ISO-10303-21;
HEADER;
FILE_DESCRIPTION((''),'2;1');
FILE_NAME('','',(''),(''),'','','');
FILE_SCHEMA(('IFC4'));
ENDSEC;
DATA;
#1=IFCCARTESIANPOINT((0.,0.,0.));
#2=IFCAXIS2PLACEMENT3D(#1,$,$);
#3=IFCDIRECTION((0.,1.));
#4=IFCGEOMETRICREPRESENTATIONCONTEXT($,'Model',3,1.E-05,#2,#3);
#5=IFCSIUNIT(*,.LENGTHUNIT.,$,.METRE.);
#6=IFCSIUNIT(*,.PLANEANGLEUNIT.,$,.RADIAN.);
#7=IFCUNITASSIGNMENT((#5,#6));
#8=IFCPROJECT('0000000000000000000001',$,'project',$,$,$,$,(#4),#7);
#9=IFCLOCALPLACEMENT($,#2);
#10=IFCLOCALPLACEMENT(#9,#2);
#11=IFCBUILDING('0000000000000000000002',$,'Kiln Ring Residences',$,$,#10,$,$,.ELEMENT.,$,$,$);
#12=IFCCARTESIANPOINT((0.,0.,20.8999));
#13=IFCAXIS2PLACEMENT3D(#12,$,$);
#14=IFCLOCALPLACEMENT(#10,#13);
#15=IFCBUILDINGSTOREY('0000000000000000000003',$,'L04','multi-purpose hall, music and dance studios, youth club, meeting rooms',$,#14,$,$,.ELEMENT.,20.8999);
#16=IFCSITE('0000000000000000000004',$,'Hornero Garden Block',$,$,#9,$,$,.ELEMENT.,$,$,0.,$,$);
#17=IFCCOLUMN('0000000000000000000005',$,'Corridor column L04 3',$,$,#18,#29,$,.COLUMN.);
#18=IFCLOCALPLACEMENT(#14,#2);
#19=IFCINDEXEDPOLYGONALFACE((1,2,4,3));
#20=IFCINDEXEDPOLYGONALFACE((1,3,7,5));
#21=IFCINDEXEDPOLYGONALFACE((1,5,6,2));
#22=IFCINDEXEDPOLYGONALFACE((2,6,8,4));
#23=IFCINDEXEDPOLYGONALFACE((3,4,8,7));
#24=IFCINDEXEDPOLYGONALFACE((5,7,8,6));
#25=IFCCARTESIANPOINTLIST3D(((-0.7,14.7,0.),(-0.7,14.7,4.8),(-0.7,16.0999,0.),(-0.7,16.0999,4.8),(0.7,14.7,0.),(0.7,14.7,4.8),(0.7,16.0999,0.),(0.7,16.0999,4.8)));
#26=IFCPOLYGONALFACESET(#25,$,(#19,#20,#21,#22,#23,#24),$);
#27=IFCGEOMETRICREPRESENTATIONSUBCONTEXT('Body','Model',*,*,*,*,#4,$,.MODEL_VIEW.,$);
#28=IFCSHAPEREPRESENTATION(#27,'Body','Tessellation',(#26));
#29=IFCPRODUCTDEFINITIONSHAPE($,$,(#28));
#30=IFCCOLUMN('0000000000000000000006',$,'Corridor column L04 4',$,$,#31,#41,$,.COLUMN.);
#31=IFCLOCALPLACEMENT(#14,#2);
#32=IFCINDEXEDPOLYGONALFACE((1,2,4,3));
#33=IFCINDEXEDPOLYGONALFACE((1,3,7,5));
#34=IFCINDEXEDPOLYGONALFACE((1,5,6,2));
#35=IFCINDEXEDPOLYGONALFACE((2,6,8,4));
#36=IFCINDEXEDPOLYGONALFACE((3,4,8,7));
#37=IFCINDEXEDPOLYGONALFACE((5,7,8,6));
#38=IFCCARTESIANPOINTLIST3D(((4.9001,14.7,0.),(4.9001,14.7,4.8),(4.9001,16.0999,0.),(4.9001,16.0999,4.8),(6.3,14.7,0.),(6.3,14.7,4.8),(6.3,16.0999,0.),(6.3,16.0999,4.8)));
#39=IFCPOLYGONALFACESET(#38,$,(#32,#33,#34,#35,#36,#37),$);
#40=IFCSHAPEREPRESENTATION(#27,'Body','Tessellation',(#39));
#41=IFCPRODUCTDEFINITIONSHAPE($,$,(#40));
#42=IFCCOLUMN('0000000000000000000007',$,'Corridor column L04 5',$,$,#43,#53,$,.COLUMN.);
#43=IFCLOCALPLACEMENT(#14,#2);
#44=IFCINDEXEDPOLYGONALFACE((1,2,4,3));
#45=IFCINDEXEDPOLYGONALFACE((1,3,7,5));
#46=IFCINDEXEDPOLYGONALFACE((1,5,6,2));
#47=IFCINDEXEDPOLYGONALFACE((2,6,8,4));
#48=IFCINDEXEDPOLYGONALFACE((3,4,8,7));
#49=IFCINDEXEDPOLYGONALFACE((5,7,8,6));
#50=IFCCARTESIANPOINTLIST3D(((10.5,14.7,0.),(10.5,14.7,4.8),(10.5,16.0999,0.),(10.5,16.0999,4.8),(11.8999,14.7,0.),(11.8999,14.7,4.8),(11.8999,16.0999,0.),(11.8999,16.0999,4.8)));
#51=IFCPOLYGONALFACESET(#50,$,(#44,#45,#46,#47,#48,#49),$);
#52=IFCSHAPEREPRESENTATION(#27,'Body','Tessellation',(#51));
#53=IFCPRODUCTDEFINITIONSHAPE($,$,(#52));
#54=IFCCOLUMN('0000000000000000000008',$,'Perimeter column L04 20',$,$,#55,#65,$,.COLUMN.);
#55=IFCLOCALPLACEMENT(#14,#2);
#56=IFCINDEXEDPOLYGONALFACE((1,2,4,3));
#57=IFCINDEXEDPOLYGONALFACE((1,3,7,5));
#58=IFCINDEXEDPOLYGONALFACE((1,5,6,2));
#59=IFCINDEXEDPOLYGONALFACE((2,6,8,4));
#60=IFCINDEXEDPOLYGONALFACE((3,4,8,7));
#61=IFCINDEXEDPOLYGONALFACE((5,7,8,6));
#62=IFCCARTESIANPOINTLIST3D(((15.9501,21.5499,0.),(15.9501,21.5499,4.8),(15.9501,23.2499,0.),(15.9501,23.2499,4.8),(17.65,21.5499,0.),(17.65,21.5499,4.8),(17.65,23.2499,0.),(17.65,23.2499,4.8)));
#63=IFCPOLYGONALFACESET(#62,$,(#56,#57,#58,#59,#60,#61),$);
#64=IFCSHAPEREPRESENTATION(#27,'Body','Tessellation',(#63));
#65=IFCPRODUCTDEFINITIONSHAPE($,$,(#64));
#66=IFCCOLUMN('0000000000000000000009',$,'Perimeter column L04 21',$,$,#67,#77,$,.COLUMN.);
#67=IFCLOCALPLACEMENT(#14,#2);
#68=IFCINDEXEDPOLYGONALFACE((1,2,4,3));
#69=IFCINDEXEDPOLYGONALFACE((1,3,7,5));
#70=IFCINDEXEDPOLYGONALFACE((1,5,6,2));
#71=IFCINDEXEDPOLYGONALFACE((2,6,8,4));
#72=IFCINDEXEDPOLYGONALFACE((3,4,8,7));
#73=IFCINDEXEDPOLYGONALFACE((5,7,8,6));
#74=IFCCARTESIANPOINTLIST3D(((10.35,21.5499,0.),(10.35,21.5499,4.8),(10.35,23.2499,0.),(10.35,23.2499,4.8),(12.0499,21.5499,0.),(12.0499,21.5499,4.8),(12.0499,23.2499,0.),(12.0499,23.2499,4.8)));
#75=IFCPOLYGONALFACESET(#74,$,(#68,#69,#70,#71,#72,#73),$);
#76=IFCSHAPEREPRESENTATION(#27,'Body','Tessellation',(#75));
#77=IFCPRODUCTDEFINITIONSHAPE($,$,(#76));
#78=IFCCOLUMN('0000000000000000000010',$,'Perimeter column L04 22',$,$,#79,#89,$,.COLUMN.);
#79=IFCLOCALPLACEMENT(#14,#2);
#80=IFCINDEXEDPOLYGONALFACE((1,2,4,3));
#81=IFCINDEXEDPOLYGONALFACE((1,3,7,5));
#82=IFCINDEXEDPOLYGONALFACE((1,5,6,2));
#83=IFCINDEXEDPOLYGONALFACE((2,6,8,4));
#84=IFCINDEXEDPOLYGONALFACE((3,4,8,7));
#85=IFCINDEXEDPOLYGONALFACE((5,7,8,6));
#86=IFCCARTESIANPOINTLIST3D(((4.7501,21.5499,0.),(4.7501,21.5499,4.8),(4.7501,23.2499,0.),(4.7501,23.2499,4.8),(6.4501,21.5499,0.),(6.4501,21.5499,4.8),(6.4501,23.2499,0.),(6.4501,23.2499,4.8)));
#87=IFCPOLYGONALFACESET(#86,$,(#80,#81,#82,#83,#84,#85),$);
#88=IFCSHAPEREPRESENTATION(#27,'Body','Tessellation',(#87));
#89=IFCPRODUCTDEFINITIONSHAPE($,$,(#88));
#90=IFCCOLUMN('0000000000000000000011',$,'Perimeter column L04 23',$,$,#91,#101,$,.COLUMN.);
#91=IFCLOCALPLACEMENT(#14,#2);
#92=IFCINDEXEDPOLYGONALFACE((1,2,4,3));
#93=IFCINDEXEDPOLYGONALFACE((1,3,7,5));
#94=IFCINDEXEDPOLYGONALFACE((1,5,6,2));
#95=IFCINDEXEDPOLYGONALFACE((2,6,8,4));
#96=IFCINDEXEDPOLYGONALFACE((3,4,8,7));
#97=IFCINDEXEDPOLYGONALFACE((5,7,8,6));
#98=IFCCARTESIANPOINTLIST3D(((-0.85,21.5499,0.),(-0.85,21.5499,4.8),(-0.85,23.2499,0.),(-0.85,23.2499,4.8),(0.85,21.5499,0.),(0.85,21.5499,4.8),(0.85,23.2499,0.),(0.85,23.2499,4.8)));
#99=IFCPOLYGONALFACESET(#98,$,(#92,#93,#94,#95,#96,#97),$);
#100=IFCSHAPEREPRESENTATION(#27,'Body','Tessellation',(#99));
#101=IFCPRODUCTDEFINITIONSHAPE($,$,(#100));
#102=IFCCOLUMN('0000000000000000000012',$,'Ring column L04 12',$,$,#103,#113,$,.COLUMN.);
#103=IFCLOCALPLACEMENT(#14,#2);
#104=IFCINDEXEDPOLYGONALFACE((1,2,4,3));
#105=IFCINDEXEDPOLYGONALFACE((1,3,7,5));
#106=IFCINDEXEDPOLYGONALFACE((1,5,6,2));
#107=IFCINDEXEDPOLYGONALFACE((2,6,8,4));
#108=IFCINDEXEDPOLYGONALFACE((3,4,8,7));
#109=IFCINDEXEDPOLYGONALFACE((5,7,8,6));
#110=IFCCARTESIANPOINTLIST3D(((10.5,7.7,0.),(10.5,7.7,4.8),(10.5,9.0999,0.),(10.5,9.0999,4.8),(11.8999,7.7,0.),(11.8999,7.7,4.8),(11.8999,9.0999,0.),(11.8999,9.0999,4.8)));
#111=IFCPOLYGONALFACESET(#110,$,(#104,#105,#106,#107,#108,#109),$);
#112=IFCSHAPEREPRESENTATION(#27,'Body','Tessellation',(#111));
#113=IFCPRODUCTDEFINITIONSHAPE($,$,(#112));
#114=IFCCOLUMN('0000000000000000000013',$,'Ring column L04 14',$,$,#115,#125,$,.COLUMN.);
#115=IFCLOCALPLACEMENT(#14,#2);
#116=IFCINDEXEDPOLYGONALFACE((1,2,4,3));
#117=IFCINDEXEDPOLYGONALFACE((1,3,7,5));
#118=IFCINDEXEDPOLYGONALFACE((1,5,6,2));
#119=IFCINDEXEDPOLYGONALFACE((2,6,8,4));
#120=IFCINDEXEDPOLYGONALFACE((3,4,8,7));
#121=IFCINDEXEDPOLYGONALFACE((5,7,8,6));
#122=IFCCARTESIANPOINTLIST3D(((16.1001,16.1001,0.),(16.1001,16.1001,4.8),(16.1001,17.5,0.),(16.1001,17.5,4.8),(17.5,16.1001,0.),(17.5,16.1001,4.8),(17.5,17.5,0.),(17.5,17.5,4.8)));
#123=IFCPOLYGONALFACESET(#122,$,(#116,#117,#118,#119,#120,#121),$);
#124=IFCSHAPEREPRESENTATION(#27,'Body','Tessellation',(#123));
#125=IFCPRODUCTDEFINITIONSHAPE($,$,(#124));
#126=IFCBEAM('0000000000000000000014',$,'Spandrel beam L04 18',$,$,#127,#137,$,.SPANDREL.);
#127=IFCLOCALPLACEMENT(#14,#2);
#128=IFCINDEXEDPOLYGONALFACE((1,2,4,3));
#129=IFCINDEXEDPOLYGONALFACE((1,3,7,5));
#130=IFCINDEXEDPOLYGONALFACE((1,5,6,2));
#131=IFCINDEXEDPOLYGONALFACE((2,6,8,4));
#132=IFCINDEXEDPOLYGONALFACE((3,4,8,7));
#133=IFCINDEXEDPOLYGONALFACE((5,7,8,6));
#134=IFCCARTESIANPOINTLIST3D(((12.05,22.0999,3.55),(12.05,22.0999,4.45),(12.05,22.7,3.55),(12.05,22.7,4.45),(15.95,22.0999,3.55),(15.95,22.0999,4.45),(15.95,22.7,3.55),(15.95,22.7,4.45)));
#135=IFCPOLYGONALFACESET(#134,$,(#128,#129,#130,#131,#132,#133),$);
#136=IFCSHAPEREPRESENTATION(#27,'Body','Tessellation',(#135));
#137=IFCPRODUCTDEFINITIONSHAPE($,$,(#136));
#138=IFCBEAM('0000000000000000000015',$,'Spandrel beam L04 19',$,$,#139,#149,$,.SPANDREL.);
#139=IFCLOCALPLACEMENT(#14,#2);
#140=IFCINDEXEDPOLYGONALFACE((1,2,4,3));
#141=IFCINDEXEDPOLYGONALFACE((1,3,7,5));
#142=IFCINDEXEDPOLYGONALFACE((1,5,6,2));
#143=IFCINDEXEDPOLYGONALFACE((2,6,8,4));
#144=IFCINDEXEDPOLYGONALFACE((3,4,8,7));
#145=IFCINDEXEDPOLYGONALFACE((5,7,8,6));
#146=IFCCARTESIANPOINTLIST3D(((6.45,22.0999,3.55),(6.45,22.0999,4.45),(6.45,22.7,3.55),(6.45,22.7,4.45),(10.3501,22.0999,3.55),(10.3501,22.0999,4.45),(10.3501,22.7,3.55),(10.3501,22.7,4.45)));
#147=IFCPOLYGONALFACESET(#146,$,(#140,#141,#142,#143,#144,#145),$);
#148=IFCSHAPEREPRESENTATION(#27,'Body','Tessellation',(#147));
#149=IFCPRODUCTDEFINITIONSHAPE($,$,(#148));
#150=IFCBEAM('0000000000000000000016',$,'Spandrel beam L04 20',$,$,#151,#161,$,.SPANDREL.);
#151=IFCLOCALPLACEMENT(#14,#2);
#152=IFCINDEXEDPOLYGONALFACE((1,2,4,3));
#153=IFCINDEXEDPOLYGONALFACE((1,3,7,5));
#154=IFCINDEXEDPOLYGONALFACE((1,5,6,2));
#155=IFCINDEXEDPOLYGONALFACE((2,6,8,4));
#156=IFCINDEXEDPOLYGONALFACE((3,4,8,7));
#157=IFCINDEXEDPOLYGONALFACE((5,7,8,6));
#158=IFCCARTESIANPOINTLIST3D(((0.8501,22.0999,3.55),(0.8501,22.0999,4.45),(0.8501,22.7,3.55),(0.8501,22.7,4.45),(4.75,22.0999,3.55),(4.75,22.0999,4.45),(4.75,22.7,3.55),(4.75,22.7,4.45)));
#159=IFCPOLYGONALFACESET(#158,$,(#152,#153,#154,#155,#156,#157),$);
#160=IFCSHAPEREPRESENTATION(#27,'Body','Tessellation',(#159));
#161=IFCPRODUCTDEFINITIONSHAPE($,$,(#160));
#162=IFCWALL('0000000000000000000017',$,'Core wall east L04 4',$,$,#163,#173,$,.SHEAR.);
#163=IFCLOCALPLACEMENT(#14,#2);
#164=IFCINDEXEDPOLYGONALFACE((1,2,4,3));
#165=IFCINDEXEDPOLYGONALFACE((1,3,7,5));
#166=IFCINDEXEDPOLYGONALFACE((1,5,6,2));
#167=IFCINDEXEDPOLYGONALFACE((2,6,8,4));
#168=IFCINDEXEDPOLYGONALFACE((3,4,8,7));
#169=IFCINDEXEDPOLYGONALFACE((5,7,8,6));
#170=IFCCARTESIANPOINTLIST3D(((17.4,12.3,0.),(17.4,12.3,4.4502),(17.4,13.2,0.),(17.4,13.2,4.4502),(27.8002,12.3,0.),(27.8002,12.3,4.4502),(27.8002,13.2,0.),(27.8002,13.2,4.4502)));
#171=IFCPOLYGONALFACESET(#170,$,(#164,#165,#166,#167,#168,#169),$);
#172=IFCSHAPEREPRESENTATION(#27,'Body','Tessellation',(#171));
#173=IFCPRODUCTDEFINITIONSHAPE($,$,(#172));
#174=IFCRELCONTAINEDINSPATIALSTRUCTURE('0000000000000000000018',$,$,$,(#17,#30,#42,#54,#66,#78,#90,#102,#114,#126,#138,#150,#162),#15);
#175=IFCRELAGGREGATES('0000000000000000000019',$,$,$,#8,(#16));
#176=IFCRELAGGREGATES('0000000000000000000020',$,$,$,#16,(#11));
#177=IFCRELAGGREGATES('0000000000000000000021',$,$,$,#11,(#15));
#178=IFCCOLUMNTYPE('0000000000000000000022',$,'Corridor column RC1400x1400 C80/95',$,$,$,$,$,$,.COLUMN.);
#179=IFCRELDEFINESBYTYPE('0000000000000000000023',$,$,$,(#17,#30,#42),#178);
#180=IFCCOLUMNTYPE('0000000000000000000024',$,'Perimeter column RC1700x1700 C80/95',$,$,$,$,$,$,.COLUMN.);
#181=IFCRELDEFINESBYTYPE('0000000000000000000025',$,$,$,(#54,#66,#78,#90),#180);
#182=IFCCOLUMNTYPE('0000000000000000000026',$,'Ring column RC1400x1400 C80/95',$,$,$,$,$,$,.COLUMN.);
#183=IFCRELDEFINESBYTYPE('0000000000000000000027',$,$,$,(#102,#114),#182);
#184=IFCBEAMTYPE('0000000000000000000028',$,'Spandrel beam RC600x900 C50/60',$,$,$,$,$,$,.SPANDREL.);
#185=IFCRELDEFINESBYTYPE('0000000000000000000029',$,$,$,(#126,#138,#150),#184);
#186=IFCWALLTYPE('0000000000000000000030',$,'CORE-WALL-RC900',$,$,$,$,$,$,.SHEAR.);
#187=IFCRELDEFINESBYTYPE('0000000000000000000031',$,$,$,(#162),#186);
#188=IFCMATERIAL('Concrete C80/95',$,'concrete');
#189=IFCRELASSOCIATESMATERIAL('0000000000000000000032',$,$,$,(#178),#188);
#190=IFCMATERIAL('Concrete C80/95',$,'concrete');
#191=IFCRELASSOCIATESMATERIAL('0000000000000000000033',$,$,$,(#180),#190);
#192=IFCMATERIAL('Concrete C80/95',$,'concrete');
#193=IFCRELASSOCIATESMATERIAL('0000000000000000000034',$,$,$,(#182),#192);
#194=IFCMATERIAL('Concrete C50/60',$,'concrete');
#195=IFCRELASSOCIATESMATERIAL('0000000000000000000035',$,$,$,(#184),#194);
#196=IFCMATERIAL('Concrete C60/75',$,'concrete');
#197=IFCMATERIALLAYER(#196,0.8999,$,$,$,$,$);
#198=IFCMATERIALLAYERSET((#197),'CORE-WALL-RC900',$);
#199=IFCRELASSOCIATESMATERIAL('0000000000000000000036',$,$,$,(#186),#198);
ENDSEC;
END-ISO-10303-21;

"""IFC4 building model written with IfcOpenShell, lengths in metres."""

from ifc_helpers import new_model, si_unit, direction, frame, frame_2d, origin, origin_2d, place, context, subcontext, project, spatial, rectangle, extrude, material, layer, layer_set, material_profile, profile_set, type_object, element, save


model = new_model("IFC4")

# Units and contexts
model_context = context("Model", 3, precision=1e-05, world=origin(), true_north=direction((0.0, 1.0)))
body_context = subcontext(model_context, "Body", "Model", "MODEL_VIEW")
ifc_project = project(units=[si_unit("LENGTHUNIT", "METRE"), si_unit("PLANEANGLEUNIT", "RADIAN")], contexts=[model_context])

# Site, building, storey
site_placement = place(None, origin())
site = spatial("IfcSite", under=ifc_project, at=site_placement, Name="Hornero Garden Block", CompositionType="ELEMENT", RefElevation=0.0)
building_placement = place(site_placement, origin())
building = spatial("IfcBuilding", under=site, at=building_placement, Name="Kiln Ring Residences", CompositionType="ELEMENT")
storey_placement = place(building_placement, frame((0.0, 0.0, 20.8999)))
storey = spatial("IfcBuildingStorey", under=building, at=storey_placement, Name="L04", Description="multi-purpose hall, music and dance studios, youth club, meeting rooms", CompositionType="ELEMENT", Elevation=20.8999)

# Columns
ifc_material_1 = material(Name="Concrete C80/95", Category="concrete")
ifc_material_profile_1 = material_profile(ifc_material_1, rectangle(XDim=1.3999, YDim=1.3999, at=origin_2d()), Name="RC1400x1400")
ifc_profile_set_1 = profile_set([ifc_material_profile_1], Name="Concrete C80/95")
column_type_1 = type_object("IfcColumnType", Name="Corridor column RC1400x1400 C80/95", PredefinedType="COLUMN", material=ifc_profile_set_1)
for number, where, z_axis, x_axis, name in (
    (1, (0.0, 15.3999, 0.0), (0.0, 0.0, 1.0), (1.0, 0.0, 0.0), "Corridor column L04 3"),
    (2, (5.6001, 15.3999, 0.0), (0.0, 0.0, 1.0), (1.0, 0.0, 0.0), "Corridor column L04 4"),
    (3, (11.2, 15.3999, 0.0), (0.0, 0.0, 1.0), (1.0, 0.0, 0.0), "Corridor column L04 5"),
):
    element("IfcColumn", number, at=place(storey_placement, frame(where, z_axis=z_axis, x_axis=x_axis)), inside=storey, type_object=column_type_1, Name=name, PredefinedType="COLUMN", context=body_context, shape_type="SweptSolid", body=[
        extrude(rectangle(XDim=1.3999, YDim=1.3999, at=origin_2d()), origin(), (0.0, 0.0, 1.0), 4.8),
    ])
ifc_material_2 = material(Name="Concrete C80/95", Category="concrete")
ifc_material_profile_2 = material_profile(ifc_material_2, rectangle(XDim=1.7, YDim=1.7, at=origin_2d()), Name="RC1700x1700")
ifc_profile_set_2 = profile_set([ifc_material_profile_2], Name="Concrete C80/95")
column_type_2 = type_object("IfcColumnType", Name="Perimeter column RC1700x1700 C80/95", PredefinedType="COLUMN", material=ifc_profile_set_2)
for number, where, z_axis, x_axis, name in (
    (4, (16.8, 22.3999, 0.0), (0.0, 0.0, 1.0), (1.0, 0.0, 0.0), "Perimeter column L04 20"),
    (5, (11.2, 22.3999, 0.0), (0.0, 0.0, 1.0), (1.0, 0.0, 0.0), "Perimeter column L04 21"),
    (6, (5.6001, 22.3999, 0.0), (0.0, 0.0, 1.0), (1.0, 0.0, 0.0), "Perimeter column L04 22"),
    (7, (0.0, 22.3999, 0.0), (0.0, 0.0, 1.0), (1.0, 0.0, 0.0), "Perimeter column L04 23"),
):
    element("IfcColumn", number, at=place(storey_placement, frame(where, z_axis=z_axis, x_axis=x_axis)), inside=storey, type_object=column_type_2, Name=name, PredefinedType="COLUMN", context=body_context, shape_type="SweptSolid", body=[
        extrude(rectangle(XDim=1.7, YDim=1.7, at=origin_2d()), origin(), (0.0, 0.0, 1.0), 4.8),
    ])
ifc_material_3 = material(Name="Concrete C80/95", Category="concrete")
ifc_material_profile_3 = material_profile(ifc_material_3, rectangle(XDim=1.3999, YDim=1.3999, at=origin_2d()), Name="RC1400x1400")
ifc_profile_set_3 = profile_set([ifc_material_profile_3], Name="Concrete C80/95")
column_type_3 = type_object("IfcColumnType", Name="Ring column RC1400x1400 C80/95", PredefinedType="COLUMN", material=ifc_profile_set_3)
for number, where, z_axis, x_axis, name in (
    (8, (11.2, 8.3999, 0.0), (0.0, 0.0, 1.0), (1.0, 0.0, 0.0), "Ring column L04 12"),
    (9, (16.8, 16.8, 0.0), (0.0, 0.0, 1.0), (1.0, 0.0, 0.0), "Ring column L04 14"),
):
    element("IfcColumn", number, at=place(storey_placement, frame(where, z_axis=z_axis, x_axis=x_axis)), inside=storey, type_object=column_type_3, Name=name, PredefinedType="COLUMN", context=body_context, shape_type="SweptSolid", body=[
        extrude(rectangle(XDim=1.3999, YDim=1.3999, at=origin_2d()), origin(), (0.0, 0.0, 1.0), 4.8),
    ])

# Beams
ifc_material_4 = material(Name="Concrete C50/60", Category="concrete")
ifc_material_profile_4 = material_profile(ifc_material_4, rectangle(XDim=0.6001, YDim=0.8999, at=origin_2d()), Name="RC600x900")
ifc_profile_set_4 = profile_set([ifc_material_profile_4], Name="Concrete C50/60")
beam_type = type_object("IfcBeamType", Name="Spandrel beam RC600x900 C50/60", PredefinedType="SPANDREL", material=ifc_profile_set_4)
beam_1_placement = place(storey_placement, frame((15.95, 22.3999, 4.0), z_axis=(-1.0, 0.0, 0.0), x_axis=(0.0, -1.0, 0.0)))
element("IfcBeam", 10, at=beam_1_placement, inside=storey, type_object=beam_type, Name="Spandrel beam L04 18", PredefinedType="SPANDREL", context=body_context, shape_type="SweptSolid", body=[
    extrude(rectangle(XDim=0.6001, YDim=0.8999, at=origin_2d()), origin(), (0.0, 0.0, 1.0), 3.8999),
])
beam_2_placement = place(storey_placement, frame((10.3501, 22.3999, 4.0), z_axis=(-1.0, 0.0, 0.0), x_axis=(0.0, -1.0, 0.0)))
element("IfcBeam", 11, at=beam_2_placement, inside=storey, type_object=beam_type, Name="Spandrel beam L04 19", PredefinedType="SPANDREL", context=body_context, shape_type="SweptSolid", body=[
    extrude(rectangle(XDim=0.6001, YDim=0.8999, at=origin_2d()), origin(), (0.0, 0.0, 1.0), 3.9001),
])
beam_3_placement = place(storey_placement, frame((4.75, 22.3999, 4.0), z_axis=(-1.0, 0.0, 0.0), x_axis=(0.0, -1.0, 0.0)))
element("IfcBeam", 12, at=beam_3_placement, inside=storey, type_object=beam_type, Name="Spandrel beam L04 20", PredefinedType="SPANDREL", context=body_context, shape_type="SweptSolid", body=[
    extrude(rectangle(XDim=0.6001, YDim=0.8999, at=origin_2d()), origin(), (0.0, 0.0, 1.0), 3.8999),
])

# Wall
ifc_material_5 = material(Name="Concrete C60/75", Category="concrete")
ifc_layer_1 = layer(ifc_material_5, 0.8999)
ifc_layer_set_1 = layer_set([ifc_layer_1], Name="CORE-WALL-RC900")
wall_type_1 = type_object("IfcWallType", Name="CORE-WALL-RC900", PredefinedType="SHEAR", material=ifc_layer_set_1)
wall_1_placement = place(storey_placement, frame((17.3999, 12.75, 0.0), z_axis=(0.0, 0.0, 1.0), x_axis=(1.0, 0.0, 0.0)))
element("IfcWall", 13, at=wall_1_placement, inside=storey, type_object=wall_type_1, Name="Core wall east L04 4", PredefinedType="SHEAR", context=body_context, shape_type="SweptSolid", body=[
    extrude(rectangle(XDim=10.4001, YDim=0.8999, at=frame_2d((5.2002, 0.0))), origin(), (0.0, 0.0, 1.0), 4.4502),
])

save(model, "model.ifc")
